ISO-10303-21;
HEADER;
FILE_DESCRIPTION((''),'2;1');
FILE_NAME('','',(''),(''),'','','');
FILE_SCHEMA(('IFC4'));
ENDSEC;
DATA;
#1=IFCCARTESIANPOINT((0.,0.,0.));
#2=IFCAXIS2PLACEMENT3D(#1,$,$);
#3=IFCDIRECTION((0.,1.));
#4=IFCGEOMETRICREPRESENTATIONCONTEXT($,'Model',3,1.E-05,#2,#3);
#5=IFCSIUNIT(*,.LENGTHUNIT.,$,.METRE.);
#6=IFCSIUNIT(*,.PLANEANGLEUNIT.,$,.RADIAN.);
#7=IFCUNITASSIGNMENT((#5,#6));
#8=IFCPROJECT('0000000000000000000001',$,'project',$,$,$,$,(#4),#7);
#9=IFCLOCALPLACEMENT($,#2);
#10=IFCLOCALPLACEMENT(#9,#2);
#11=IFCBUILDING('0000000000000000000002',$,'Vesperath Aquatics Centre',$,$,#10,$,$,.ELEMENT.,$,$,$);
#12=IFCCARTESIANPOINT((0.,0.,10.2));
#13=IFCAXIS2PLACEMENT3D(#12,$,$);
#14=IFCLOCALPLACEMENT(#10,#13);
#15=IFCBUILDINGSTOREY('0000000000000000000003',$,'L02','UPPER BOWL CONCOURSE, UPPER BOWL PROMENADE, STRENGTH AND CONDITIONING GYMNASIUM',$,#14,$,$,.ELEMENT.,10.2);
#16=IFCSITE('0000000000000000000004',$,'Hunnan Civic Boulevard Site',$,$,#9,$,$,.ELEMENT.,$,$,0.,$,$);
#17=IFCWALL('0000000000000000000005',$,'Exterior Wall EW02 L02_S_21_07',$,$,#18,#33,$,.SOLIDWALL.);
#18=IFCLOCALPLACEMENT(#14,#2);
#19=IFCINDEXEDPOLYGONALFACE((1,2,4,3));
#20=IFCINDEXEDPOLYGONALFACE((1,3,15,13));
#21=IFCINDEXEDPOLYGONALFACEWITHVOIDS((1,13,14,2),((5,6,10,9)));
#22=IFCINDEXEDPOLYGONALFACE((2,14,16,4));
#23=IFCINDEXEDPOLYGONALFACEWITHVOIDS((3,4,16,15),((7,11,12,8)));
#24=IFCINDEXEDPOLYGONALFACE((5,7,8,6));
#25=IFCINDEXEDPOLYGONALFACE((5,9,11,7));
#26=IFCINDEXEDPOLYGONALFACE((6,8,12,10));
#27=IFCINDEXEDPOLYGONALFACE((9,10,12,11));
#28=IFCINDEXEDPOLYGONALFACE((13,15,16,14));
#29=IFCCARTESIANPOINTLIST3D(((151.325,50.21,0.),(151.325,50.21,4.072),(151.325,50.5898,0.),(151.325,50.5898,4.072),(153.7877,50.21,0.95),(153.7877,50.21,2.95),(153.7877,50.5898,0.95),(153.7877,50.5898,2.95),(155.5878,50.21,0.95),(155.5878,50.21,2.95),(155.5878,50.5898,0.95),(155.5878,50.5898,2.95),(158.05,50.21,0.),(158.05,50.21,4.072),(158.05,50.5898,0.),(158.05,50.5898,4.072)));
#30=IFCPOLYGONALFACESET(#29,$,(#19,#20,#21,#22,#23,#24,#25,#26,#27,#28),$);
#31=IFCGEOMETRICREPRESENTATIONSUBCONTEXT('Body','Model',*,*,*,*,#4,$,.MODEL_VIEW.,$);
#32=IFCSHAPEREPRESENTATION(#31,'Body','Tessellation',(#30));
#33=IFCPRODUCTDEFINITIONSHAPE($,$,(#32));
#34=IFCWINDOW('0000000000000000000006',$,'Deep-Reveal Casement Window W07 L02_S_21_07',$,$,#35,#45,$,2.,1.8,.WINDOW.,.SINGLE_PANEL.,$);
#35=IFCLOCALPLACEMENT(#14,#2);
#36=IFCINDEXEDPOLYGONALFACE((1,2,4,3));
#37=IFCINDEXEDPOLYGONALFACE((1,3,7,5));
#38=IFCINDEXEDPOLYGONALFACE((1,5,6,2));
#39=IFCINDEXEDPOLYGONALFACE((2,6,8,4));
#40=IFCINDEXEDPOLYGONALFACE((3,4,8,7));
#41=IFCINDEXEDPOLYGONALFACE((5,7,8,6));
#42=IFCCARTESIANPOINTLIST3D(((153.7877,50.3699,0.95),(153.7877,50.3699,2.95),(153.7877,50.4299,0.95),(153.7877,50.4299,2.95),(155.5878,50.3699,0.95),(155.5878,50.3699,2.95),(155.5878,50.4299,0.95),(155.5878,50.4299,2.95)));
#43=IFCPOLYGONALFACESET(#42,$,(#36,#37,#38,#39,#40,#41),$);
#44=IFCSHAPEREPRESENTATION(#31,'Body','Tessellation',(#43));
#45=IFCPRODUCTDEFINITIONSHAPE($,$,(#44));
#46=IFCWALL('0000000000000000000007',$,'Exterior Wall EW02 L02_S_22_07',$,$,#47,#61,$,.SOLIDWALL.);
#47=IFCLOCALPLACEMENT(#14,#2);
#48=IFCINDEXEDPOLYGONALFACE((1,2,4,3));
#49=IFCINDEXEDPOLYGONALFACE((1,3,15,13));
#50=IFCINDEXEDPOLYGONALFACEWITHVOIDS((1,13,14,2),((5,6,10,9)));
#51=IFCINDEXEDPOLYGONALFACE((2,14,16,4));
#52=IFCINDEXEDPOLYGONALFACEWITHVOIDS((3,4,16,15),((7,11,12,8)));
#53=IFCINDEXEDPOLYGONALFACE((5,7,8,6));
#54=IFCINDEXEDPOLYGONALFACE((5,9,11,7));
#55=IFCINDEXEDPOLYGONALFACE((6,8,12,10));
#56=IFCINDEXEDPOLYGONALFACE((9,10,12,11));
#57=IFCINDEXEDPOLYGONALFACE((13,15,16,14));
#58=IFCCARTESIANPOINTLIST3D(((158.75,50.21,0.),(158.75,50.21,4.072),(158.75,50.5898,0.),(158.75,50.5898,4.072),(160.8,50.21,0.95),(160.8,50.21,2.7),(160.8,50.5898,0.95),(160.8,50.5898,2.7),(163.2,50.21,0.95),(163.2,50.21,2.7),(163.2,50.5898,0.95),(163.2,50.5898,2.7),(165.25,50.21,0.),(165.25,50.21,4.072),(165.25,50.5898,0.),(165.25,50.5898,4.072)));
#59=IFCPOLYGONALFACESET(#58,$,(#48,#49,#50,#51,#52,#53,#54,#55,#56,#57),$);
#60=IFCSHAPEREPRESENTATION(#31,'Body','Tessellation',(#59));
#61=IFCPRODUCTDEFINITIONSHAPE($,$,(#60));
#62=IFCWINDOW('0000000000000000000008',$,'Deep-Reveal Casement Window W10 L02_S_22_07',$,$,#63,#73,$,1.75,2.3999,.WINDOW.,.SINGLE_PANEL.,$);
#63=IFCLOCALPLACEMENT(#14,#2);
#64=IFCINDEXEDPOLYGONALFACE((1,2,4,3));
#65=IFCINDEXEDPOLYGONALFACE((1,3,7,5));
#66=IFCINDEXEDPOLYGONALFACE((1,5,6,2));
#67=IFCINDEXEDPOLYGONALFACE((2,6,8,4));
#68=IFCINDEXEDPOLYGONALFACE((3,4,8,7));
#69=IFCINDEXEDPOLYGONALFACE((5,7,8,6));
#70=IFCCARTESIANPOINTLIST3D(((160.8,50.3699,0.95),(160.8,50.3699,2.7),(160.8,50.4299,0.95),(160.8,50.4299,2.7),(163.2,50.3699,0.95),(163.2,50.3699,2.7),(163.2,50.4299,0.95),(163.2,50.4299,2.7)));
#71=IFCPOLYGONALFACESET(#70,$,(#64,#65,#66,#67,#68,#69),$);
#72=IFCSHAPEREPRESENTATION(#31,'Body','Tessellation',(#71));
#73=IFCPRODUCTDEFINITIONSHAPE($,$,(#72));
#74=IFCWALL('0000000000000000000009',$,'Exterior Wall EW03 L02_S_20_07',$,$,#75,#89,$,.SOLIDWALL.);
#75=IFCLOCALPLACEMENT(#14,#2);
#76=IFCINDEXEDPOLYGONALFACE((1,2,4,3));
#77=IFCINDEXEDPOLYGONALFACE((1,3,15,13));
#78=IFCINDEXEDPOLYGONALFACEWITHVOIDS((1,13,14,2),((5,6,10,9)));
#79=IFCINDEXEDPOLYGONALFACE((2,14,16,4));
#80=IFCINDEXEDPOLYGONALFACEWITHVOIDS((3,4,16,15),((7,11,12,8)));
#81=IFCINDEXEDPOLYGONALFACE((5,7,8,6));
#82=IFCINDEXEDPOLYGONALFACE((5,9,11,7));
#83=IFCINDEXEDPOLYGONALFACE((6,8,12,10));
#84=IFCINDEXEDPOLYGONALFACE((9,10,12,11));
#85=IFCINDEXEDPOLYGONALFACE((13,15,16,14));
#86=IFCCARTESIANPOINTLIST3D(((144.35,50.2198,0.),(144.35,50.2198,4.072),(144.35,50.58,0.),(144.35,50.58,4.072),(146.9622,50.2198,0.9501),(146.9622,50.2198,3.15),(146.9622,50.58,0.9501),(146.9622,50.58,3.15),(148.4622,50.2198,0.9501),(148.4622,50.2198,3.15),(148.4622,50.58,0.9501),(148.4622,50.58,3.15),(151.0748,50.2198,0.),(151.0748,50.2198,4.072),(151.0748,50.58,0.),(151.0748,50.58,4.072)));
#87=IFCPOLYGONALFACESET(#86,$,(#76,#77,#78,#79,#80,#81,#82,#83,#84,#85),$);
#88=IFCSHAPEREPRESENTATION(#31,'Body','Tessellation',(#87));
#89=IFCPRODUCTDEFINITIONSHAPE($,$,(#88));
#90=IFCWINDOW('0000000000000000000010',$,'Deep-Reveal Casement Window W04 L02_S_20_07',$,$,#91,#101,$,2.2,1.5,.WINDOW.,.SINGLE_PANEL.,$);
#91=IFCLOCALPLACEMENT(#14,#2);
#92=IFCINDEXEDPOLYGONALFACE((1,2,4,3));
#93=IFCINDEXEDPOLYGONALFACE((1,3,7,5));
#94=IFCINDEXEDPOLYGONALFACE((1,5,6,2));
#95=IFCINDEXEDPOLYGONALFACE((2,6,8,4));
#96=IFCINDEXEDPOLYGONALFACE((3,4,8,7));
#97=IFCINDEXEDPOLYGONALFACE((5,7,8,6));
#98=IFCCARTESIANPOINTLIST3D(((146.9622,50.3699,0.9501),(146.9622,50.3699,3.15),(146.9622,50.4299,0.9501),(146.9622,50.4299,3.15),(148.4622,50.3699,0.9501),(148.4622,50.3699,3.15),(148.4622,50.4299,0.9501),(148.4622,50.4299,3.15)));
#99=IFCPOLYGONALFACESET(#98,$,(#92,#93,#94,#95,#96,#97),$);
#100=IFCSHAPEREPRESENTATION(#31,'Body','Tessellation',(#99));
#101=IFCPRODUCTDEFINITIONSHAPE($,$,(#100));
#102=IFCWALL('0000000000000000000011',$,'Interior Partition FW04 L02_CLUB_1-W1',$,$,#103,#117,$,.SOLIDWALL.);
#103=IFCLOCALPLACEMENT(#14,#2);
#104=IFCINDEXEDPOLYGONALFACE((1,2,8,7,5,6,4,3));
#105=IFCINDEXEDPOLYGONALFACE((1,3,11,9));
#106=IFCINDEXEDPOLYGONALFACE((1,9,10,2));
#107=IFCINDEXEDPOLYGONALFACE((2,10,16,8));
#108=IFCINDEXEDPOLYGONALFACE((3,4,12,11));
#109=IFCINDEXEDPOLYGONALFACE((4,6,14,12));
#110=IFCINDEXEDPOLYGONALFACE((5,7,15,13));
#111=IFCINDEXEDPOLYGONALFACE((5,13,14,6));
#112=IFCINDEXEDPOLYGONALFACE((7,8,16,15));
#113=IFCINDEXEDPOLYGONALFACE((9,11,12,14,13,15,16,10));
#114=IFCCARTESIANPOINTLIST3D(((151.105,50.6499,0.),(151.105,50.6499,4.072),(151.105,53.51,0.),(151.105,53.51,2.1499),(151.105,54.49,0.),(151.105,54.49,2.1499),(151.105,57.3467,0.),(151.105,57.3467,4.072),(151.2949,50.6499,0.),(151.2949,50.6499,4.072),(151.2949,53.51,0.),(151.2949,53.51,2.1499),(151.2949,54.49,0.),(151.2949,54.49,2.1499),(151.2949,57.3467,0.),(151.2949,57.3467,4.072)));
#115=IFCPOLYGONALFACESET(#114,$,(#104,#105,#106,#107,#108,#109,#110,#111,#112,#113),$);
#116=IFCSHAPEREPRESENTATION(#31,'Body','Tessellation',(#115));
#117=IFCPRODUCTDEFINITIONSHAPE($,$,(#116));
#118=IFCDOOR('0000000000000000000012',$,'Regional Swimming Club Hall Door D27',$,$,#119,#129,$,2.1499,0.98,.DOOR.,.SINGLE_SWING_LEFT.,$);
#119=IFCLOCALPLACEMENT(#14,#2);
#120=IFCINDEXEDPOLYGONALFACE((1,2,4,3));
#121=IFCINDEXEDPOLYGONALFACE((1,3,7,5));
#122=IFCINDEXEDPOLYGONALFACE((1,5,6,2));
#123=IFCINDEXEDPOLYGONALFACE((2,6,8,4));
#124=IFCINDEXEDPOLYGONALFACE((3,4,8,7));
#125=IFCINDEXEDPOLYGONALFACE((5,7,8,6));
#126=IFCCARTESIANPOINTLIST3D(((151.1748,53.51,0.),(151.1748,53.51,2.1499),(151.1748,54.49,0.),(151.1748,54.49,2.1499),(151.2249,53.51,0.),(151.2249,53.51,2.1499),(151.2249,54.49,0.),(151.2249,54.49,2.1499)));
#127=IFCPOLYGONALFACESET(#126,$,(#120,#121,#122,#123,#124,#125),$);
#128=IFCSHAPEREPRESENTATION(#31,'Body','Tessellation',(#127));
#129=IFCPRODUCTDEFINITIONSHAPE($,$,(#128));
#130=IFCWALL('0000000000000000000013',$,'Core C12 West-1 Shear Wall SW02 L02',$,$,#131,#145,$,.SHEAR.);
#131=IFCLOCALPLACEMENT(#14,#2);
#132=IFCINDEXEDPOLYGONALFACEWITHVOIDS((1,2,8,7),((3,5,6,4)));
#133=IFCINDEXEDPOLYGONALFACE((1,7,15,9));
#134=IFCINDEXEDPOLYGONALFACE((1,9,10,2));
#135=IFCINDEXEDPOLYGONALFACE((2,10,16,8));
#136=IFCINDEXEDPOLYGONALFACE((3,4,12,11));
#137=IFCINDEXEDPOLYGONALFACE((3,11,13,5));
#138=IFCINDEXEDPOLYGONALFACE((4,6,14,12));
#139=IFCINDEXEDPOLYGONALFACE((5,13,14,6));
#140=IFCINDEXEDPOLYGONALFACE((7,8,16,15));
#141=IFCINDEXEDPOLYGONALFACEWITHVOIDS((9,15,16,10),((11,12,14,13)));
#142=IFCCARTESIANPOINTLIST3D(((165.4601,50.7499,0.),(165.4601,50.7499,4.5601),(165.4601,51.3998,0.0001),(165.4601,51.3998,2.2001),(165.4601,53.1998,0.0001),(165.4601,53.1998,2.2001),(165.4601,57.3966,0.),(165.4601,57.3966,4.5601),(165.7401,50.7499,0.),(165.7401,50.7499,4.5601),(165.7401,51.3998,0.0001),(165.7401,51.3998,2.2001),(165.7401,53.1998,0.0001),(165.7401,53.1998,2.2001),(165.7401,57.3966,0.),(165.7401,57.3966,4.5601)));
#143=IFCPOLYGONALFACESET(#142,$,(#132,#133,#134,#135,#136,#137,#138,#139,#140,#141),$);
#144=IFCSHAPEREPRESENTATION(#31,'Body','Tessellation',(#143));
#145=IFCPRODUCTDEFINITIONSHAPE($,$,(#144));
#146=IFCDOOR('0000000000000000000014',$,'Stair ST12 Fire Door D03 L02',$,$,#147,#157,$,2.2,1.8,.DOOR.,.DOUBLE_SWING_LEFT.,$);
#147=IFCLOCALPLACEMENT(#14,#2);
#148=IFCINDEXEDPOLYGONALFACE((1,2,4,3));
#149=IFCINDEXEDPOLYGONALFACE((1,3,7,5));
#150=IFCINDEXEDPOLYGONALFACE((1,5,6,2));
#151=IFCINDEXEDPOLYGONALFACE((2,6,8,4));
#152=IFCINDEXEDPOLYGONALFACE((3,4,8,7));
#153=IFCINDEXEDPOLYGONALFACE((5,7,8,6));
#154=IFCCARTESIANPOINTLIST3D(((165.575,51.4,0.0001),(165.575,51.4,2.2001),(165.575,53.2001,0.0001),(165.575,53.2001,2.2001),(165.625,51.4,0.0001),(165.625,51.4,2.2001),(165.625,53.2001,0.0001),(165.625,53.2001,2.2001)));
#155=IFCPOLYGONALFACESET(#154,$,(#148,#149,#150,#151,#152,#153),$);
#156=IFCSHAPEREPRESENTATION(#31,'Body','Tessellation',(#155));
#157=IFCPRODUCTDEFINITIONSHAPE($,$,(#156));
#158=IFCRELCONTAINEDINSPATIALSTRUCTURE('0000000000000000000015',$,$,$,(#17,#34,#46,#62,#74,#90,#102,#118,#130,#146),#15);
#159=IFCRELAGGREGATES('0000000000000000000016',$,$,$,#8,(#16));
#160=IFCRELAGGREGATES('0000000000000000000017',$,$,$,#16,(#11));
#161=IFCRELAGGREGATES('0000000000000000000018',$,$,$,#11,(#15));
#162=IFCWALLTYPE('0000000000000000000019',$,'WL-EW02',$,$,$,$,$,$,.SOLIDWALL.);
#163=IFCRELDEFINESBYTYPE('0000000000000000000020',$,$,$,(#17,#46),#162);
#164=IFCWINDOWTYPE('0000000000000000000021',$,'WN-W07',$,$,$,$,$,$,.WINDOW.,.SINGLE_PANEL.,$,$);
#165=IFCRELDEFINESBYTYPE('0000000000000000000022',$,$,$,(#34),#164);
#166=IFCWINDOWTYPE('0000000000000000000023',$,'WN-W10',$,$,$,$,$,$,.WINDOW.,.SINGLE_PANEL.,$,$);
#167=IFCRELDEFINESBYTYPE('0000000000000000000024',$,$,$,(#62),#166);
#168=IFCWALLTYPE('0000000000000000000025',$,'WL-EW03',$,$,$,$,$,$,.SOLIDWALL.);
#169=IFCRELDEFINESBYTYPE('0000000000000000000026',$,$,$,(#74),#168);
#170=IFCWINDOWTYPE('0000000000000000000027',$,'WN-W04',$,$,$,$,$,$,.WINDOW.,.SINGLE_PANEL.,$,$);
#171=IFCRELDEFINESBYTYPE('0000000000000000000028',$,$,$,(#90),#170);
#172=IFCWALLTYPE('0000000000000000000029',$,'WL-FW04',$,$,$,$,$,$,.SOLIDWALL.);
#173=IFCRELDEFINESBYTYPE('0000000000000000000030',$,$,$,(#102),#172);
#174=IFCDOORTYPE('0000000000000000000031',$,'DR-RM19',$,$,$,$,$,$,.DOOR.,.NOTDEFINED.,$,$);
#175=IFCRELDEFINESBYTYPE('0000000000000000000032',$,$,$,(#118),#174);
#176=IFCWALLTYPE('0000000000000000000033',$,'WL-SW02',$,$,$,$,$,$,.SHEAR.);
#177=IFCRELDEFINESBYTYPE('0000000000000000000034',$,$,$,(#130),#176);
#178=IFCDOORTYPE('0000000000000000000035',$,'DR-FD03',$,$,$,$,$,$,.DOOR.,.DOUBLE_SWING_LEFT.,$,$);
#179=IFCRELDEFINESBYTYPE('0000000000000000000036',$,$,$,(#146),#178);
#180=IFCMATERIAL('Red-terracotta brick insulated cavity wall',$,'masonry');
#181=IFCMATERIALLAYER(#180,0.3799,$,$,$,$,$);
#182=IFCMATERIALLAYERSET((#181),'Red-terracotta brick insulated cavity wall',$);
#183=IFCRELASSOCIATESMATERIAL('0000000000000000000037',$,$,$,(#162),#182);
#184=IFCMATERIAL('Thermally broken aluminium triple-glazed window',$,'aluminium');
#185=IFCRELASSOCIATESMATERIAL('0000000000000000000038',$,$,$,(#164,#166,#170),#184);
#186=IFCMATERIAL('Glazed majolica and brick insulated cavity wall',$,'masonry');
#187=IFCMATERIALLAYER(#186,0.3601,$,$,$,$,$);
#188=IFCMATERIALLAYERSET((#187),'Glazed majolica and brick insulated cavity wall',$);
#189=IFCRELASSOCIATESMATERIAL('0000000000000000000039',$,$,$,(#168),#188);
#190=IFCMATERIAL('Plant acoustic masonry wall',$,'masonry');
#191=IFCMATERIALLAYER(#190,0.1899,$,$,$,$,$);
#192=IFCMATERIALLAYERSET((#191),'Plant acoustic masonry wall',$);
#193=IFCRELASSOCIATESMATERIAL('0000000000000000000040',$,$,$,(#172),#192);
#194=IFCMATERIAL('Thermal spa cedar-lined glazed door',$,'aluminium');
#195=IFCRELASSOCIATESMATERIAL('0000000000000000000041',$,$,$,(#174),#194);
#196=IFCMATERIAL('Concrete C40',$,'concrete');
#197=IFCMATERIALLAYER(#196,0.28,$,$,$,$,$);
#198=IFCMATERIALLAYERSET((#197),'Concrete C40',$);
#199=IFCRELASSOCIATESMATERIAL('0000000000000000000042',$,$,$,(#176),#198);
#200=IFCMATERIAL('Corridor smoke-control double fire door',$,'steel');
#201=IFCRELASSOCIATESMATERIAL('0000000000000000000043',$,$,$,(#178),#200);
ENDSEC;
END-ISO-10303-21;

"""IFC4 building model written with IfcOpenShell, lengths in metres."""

from ifc_helpers import new_model, si_unit, direction, frame, frame_2d, origin, place, context, subcontext, project, spatial, rectangle, extrude, material, layer, layer_set, type_object, element, fill, save


model = new_model("IFC4")

# Units and contexts
model_context = context("Model", 3, precision=1e-05, world=origin(), true_north=direction((0.0, 1.0)))
body_context = subcontext(model_context, "Body", "Model", "MODEL_VIEW")
ifc_project = project(units=[si_unit("LENGTHUNIT", "METRE"), si_unit("PLANEANGLEUNIT", "RADIAN")], contexts=[model_context])

# Site, building, storey
site_placement = place(None, origin())
site = spatial("IfcSite", under=ifc_project, at=site_placement, Name="Hunnan Civic Boulevard Site", CompositionType="ELEMENT", RefElevation=0.0)
building_placement = place(site_placement, origin())
building = spatial("IfcBuilding", under=site, at=building_placement, Name="Vesperath Aquatics Centre", CompositionType="ELEMENT")
storey_placement = place(building_placement, frame((0.0, 0.0, 10.2)))
storey = spatial("IfcBuildingStorey", under=building, at=storey_placement, Name="L02", Description="UPPER BOWL CONCOURSE, UPPER BOWL PROMENADE, STRENGTH AND CONDITIONING GYMNASIUM", CompositionType="ELEMENT", Elevation=10.2)

# Shared definitions
ifc_material_1 = material(Name="Concrete C40", Category="concrete")

# Walls, openings, windows
ifc_material_2 = material(Name="Red-terracotta brick insulated cavity wall", Category="masonry")
ifc_layer_1 = layer(ifc_material_2, 0.3799)
ifc_layer_set_1 = layer_set([ifc_layer_1], Name="Red-terracotta brick insulated cavity wall")
wall_type_1 = type_object("IfcWallType", Name="WL-EW02", PredefinedType="SOLIDWALL", material=ifc_layer_set_1)
wall_1_placement = place(storey_placement, frame((151.325, 50.3999, 0.0), z_axis=(0.0, 0.0, 1.0), x_axis=(1.0, 0.0, 0.0)))
wall_1 = element("IfcWall", 1, at=wall_1_placement, inside=storey, type_object=wall_type_1, Name="Exterior Wall EW02 L02_S_21_07", PredefinedType="SOLIDWALL", context=body_context, shape_type="SweptSolid", body=[
    extrude(rectangle(XDim=6.7251, YDim=0.3799, at=frame_2d((3.3625, 0.0))), origin(), (0.0, 0.0, 1.0), 4.072),
])
opening_1_placement = place(wall_1_placement, frame((2.4629, 0.0, 0.95)))
opening_1 = element("IfcOpeningElement", 2, at=opening_1_placement, cuts=wall_1, PredefinedType="OPENING", context=body_context, shape_type="SweptSolid", body=[
    extrude(rectangle(XDim=1.8, YDim=2.0, at=frame_2d((0.8999, 1.0))), frame((0.0, 0.2048, 0.0), z_axis=(0.0, -1.0, 0.0), x_axis=(1.0, 0.0, 0.0)), (0.0, 0.0, 1.0), 0.4097),
])
ifc_material_3 = material(Name="Thermally broken aluminium triple-glazed window", Category="aluminium")
window_type_1 = type_object("IfcWindowType", Name="WN-W07", PartitioningType="SINGLE_PANEL", PredefinedType="WINDOW", material=ifc_material_3)
window_1_placement = place(opening_1_placement, origin())
window_1 = element("IfcWindow", 3, at=window_1_placement, inside=storey, type_object=window_type_1, Name="Deep-Reveal Casement Window W07 L02_S_21_07", OverallHeight=2.0, OverallWidth=1.8, PartitioningType="SINGLE_PANEL", PredefinedType="WINDOW", context=body_context, shape_type="SweptSolid", body=[
    extrude(rectangle(XDim=1.8, YDim=2.0, at=frame_2d((0.8999, 1.0))), frame((0.0, 0.03, 0.0), z_axis=(0.0, -1.0, 0.0), x_axis=(1.0, 0.0, 0.0)), (0.0, 0.0, 1.0), 0.0601),
])
fill(opening_1, window_1)
wall_2_placement = place(storey_placement, frame((158.75, 50.3999, 0.0), z_axis=(0.0, 0.0, 1.0), x_axis=(1.0, 0.0, 0.0)))
wall_2 = element("IfcWall", 4, at=wall_2_placement, inside=storey, type_object=wall_type_1, Name="Exterior Wall EW02 L02_S_22_07", PredefinedType="SOLIDWALL", context=body_context, shape_type="SweptSolid", body=[
    extrude(rectangle(XDim=6.5, YDim=0.3799, at=frame_2d((3.25, 0.0))), origin(), (0.0, 0.0, 1.0), 4.072),
])
opening_2_placement = place(wall_2_placement, frame((2.05, 0.0, 0.95)))
opening_2 = element("IfcOpeningElement", 5, at=opening_2_placement, cuts=wall_2, PredefinedType="OPENING", context=body_context, shape_type="SweptSolid", body=[
    extrude(rectangle(XDim=2.3999, YDim=1.75, at=frame_2d((1.2, 0.875))), frame((0.0, 0.2048, 0.0), z_axis=(0.0, -1.0, 0.0), x_axis=(1.0, 0.0, 0.0)), (0.0, 0.0, 1.0), 0.4097),
])
window_type_2 = type_object("IfcWindowType", Name="WN-W10", PartitioningType="SINGLE_PANEL", PredefinedType="WINDOW", material=ifc_material_3)
window_2_placement = place(opening_2_placement, origin())
window_2 = element("IfcWindow", 6, at=window_2_placement, inside=storey, type_object=window_type_2, Name="Deep-Reveal Casement Window W10 L02_S_22_07", OverallHeight=1.75, OverallWidth=2.3999, PartitioningType="SINGLE_PANEL", PredefinedType="WINDOW", context=body_context, shape_type="SweptSolid", body=[
    extrude(rectangle(XDim=2.3999, YDim=1.75, at=frame_2d((1.2, 0.875))), frame((0.0, 0.03, 0.0), z_axis=(0.0, -1.0, 0.0), x_axis=(1.0, 0.0, 0.0)), (0.0, 0.0, 1.0), 0.0601),
])
fill(opening_2, window_2)
ifc_material_4 = material(Name="Glazed majolica and brick insulated cavity wall", Category="masonry")
ifc_layer_2 = layer(ifc_material_4, 0.3601)
ifc_layer_set_2 = layer_set([ifc_layer_2], Name="Glazed majolica and brick insulated cavity wall")
wall_type_2 = type_object("IfcWallType", Name="WL-EW03", PredefinedType="SOLIDWALL", material=ifc_layer_set_2)
wall_3_placement = place(storey_placement, frame((144.3501, 50.3999, 0.0), z_axis=(0.0, 0.0, 1.0), x_axis=(1.0, 0.0, 0.0)))
wall_3 = element("IfcWall", 7, at=wall_3_placement, inside=storey, type_object=wall_type_2, Name="Exterior Wall EW03 L02_S_20_07", PredefinedType="SOLIDWALL", context=body_context, shape_type="SweptSolid", body=[
    extrude(rectangle(XDim=6.7249, YDim=0.3601, at=frame_2d((3.3623, 0.0))), origin(), (0.0, 0.0, 1.0), 4.072),
])
opening_3_placement = place(wall_3_placement, frame((2.6121, 0.0, 0.95)))
opening_3 = element("IfcOpeningElement", 8, at=opening_3_placement, cuts=wall_3, PredefinedType="OPENING", context=body_context, shape_type="SweptSolid", body=[
    extrude(rectangle(XDim=1.5, YDim=2.2, at=frame_2d((0.75, 1.1001))), frame((0.0, 0.1948, 0.0), z_axis=(0.0, -1.0, 0.0), x_axis=(1.0, 0.0, 0.0)), (0.0, 0.0, 1.0), 0.3899),
])
window_type_3 = type_object("IfcWindowType", Name="WN-W04", PartitioningType="SINGLE_PANEL", PredefinedType="WINDOW", material=ifc_material_3)
window_3_placement = place(opening_3_placement, origin())
window_3 = element("IfcWindow", 9, at=window_3_placement, inside=storey, type_object=window_type_3, Name="Deep-Reveal Casement Window W04 L02_S_20_07", OverallHeight=2.2, OverallWidth=1.5, PartitioningType="SINGLE_PANEL", PredefinedType="WINDOW", context=body_context, shape_type="SweptSolid", body=[
    extrude(rectangle(XDim=1.5, YDim=2.2, at=frame_2d((0.75, 1.1001))), frame((0.0, 0.03, 0.0), z_axis=(0.0, -1.0, 0.0), x_axis=(1.0, 0.0, 0.0)), (0.0, 0.0, 1.0), 0.0601),
])
fill(opening_3, window_3)

# Walls, openings, doors
ifc_material_5 = material(Name="Plant acoustic masonry wall", Category="masonry")
ifc_layer_3 = layer(ifc_material_5, 0.1899)
ifc_layer_set_3 = layer_set([ifc_layer_3], Name="Plant acoustic masonry wall")
wall_type_3 = type_object("IfcWallType", Name="WL-FW04", PredefinedType="SOLIDWALL", material=ifc_layer_set_3)
wall_4_placement = place(storey_placement, frame((151.2, 50.6499, 0.0), z_axis=(0.0, 0.0, 1.0), x_axis=(0.0, 1.0, 0.0)))
wall_4 = element("IfcWall", 10, at=wall_4_placement, inside=storey, type_object=wall_type_3, Name="Interior Partition FW04 L02_CLUB_1-W1", PredefinedType="SOLIDWALL", context=body_context, shape_type="SweptSolid", body=[
    extrude(rectangle(XDim=6.6968, YDim=0.1899, at=frame_2d((3.3484, 0.0))), origin(), (0.0, 0.0, 1.0), 4.072),
])
opening_4_placement = place(wall_4_placement, frame((2.8601, 0.0, 0.0)))
opening_4 = element("IfcOpeningElement", 11, at=opening_4_placement, cuts=wall_4, PredefinedType="OPENING", context=body_context, shape_type="SweptSolid", body=[
    extrude(rectangle(XDim=0.98, YDim=2.1499, at=frame_2d((0.49, 1.075))), frame((0.0, 0.1099, 0.0), z_axis=(0.0, -1.0, 0.0), x_axis=(1.0, 0.0, 0.0)), (0.0, 0.0, 1.0), 0.2197),
])
ifc_material_6 = material(Name="Thermal spa cedar-lined glazed door", Category="aluminium")
door_type_1 = type_object("IfcDoorType", Name="DR-RM19", OperationType="NOTDEFINED", PredefinedType="DOOR", material=ifc_material_6)
door_1_placement = place(opening_4_placement, frame((0.98, 0.0, 0.0), z_axis=(0.0, 0.0, 1.0), x_axis=(-1.0, 0.0, 0.0)))
door_1 = element("IfcDoor", 12, at=door_1_placement, inside=storey, type_object=door_type_1, Name="Regional Swimming Club Hall Door D27", OperationType="SINGLE_SWING_LEFT", OverallHeight=2.1499, OverallWidth=0.98, PredefinedType="DOOR", context=body_context, shape_type="SweptSolid", body=[
    extrude(rectangle(XDim=0.98, YDim=2.1499, at=frame_2d((0.49, 1.075))), frame((0.0, 0.0249, 0.0), z_axis=(0.0, -1.0, 0.0), x_axis=(1.0, 0.0, 0.0)), (0.0, 0.0, 1.0), 0.05),
])
fill(opening_4, door_1)
ifc_layer_4 = layer(ifc_material_1, 0.28)
ifc_layer_set_4 = layer_set([ifc_layer_4], Name="Concrete C40")
wall_type_4 = type_object("IfcWallType", Name="WL-SW02", PredefinedType="SHEAR", material=ifc_layer_set_4)
wall_5_placement = place(storey_placement, frame((165.6001, 50.75, 0.0), z_axis=(0.0, 0.0, 1.0), x_axis=(0.0, 1.0, 0.0)))
wall_5 = element("IfcWall", 13, at=wall_5_placement, inside=storey, type_object=wall_type_4, Name="Core C12 West-1 Shear Wall SW02 L02", PredefinedType="SHEAR", context=body_context, shape_type="SweptSolid", body=[
    extrude(rectangle(XDim=6.6467, YDim=0.28, at=frame_2d((3.3232, 0.0))), origin(), (0.0, 0.0, 1.0), 4.5601),
])
opening_5_placement = place(wall_5_placement, frame((0.6499, 0.0, 0.0)))
opening_5 = element("IfcOpeningElement", 14, at=opening_5_placement, cuts=wall_5, PredefinedType="OPENING", context=body_context, shape_type="SweptSolid", body=[
    extrude(rectangle(XDim=1.8, YDim=2.2, at=frame_2d((0.8999, 1.1001))), frame((0.0, 0.1548, 0.0), z_axis=(0.0, -1.0, 0.0), x_axis=(1.0, 0.0, 0.0)), (0.0, 0.0, 1.0), 0.3098),
])
ifc_material_7 = material(Name="Corridor smoke-control double fire door", Category="steel")
door_type_2 = type_object("IfcDoorType", Name="DR-FD03", OperationType="DOUBLE_SWING_LEFT", PredefinedType="DOOR", material=ifc_material_7)
door_2_placement = place(opening_5_placement, frame((1.8, 0.0, 0.0), z_axis=(0.0, 0.0, 1.0), x_axis=(-1.0, 0.0, 0.0)))
door_2 = element("IfcDoor", 15, at=door_2_placement, inside=storey, type_object=door_type_2, Name="Stair ST12 Fire Door D03 L02", OperationType="DOUBLE_SWING_LEFT", OverallHeight=2.2, OverallWidth=1.8, PredefinedType="DOOR", context=body_context, shape_type="SweptSolid", body=[
    extrude(rectangle(XDim=1.8, YDim=2.2, at=frame_2d((0.8999, 1.1001))), frame((0.0, 0.0249, 0.0), z_axis=(0.0, -1.0, 0.0), x_axis=(1.0, 0.0, 0.0)), (0.0, 0.0, 1.0), 0.05),
])
fill(opening_5, door_2)

save(model, "model.ifc")
